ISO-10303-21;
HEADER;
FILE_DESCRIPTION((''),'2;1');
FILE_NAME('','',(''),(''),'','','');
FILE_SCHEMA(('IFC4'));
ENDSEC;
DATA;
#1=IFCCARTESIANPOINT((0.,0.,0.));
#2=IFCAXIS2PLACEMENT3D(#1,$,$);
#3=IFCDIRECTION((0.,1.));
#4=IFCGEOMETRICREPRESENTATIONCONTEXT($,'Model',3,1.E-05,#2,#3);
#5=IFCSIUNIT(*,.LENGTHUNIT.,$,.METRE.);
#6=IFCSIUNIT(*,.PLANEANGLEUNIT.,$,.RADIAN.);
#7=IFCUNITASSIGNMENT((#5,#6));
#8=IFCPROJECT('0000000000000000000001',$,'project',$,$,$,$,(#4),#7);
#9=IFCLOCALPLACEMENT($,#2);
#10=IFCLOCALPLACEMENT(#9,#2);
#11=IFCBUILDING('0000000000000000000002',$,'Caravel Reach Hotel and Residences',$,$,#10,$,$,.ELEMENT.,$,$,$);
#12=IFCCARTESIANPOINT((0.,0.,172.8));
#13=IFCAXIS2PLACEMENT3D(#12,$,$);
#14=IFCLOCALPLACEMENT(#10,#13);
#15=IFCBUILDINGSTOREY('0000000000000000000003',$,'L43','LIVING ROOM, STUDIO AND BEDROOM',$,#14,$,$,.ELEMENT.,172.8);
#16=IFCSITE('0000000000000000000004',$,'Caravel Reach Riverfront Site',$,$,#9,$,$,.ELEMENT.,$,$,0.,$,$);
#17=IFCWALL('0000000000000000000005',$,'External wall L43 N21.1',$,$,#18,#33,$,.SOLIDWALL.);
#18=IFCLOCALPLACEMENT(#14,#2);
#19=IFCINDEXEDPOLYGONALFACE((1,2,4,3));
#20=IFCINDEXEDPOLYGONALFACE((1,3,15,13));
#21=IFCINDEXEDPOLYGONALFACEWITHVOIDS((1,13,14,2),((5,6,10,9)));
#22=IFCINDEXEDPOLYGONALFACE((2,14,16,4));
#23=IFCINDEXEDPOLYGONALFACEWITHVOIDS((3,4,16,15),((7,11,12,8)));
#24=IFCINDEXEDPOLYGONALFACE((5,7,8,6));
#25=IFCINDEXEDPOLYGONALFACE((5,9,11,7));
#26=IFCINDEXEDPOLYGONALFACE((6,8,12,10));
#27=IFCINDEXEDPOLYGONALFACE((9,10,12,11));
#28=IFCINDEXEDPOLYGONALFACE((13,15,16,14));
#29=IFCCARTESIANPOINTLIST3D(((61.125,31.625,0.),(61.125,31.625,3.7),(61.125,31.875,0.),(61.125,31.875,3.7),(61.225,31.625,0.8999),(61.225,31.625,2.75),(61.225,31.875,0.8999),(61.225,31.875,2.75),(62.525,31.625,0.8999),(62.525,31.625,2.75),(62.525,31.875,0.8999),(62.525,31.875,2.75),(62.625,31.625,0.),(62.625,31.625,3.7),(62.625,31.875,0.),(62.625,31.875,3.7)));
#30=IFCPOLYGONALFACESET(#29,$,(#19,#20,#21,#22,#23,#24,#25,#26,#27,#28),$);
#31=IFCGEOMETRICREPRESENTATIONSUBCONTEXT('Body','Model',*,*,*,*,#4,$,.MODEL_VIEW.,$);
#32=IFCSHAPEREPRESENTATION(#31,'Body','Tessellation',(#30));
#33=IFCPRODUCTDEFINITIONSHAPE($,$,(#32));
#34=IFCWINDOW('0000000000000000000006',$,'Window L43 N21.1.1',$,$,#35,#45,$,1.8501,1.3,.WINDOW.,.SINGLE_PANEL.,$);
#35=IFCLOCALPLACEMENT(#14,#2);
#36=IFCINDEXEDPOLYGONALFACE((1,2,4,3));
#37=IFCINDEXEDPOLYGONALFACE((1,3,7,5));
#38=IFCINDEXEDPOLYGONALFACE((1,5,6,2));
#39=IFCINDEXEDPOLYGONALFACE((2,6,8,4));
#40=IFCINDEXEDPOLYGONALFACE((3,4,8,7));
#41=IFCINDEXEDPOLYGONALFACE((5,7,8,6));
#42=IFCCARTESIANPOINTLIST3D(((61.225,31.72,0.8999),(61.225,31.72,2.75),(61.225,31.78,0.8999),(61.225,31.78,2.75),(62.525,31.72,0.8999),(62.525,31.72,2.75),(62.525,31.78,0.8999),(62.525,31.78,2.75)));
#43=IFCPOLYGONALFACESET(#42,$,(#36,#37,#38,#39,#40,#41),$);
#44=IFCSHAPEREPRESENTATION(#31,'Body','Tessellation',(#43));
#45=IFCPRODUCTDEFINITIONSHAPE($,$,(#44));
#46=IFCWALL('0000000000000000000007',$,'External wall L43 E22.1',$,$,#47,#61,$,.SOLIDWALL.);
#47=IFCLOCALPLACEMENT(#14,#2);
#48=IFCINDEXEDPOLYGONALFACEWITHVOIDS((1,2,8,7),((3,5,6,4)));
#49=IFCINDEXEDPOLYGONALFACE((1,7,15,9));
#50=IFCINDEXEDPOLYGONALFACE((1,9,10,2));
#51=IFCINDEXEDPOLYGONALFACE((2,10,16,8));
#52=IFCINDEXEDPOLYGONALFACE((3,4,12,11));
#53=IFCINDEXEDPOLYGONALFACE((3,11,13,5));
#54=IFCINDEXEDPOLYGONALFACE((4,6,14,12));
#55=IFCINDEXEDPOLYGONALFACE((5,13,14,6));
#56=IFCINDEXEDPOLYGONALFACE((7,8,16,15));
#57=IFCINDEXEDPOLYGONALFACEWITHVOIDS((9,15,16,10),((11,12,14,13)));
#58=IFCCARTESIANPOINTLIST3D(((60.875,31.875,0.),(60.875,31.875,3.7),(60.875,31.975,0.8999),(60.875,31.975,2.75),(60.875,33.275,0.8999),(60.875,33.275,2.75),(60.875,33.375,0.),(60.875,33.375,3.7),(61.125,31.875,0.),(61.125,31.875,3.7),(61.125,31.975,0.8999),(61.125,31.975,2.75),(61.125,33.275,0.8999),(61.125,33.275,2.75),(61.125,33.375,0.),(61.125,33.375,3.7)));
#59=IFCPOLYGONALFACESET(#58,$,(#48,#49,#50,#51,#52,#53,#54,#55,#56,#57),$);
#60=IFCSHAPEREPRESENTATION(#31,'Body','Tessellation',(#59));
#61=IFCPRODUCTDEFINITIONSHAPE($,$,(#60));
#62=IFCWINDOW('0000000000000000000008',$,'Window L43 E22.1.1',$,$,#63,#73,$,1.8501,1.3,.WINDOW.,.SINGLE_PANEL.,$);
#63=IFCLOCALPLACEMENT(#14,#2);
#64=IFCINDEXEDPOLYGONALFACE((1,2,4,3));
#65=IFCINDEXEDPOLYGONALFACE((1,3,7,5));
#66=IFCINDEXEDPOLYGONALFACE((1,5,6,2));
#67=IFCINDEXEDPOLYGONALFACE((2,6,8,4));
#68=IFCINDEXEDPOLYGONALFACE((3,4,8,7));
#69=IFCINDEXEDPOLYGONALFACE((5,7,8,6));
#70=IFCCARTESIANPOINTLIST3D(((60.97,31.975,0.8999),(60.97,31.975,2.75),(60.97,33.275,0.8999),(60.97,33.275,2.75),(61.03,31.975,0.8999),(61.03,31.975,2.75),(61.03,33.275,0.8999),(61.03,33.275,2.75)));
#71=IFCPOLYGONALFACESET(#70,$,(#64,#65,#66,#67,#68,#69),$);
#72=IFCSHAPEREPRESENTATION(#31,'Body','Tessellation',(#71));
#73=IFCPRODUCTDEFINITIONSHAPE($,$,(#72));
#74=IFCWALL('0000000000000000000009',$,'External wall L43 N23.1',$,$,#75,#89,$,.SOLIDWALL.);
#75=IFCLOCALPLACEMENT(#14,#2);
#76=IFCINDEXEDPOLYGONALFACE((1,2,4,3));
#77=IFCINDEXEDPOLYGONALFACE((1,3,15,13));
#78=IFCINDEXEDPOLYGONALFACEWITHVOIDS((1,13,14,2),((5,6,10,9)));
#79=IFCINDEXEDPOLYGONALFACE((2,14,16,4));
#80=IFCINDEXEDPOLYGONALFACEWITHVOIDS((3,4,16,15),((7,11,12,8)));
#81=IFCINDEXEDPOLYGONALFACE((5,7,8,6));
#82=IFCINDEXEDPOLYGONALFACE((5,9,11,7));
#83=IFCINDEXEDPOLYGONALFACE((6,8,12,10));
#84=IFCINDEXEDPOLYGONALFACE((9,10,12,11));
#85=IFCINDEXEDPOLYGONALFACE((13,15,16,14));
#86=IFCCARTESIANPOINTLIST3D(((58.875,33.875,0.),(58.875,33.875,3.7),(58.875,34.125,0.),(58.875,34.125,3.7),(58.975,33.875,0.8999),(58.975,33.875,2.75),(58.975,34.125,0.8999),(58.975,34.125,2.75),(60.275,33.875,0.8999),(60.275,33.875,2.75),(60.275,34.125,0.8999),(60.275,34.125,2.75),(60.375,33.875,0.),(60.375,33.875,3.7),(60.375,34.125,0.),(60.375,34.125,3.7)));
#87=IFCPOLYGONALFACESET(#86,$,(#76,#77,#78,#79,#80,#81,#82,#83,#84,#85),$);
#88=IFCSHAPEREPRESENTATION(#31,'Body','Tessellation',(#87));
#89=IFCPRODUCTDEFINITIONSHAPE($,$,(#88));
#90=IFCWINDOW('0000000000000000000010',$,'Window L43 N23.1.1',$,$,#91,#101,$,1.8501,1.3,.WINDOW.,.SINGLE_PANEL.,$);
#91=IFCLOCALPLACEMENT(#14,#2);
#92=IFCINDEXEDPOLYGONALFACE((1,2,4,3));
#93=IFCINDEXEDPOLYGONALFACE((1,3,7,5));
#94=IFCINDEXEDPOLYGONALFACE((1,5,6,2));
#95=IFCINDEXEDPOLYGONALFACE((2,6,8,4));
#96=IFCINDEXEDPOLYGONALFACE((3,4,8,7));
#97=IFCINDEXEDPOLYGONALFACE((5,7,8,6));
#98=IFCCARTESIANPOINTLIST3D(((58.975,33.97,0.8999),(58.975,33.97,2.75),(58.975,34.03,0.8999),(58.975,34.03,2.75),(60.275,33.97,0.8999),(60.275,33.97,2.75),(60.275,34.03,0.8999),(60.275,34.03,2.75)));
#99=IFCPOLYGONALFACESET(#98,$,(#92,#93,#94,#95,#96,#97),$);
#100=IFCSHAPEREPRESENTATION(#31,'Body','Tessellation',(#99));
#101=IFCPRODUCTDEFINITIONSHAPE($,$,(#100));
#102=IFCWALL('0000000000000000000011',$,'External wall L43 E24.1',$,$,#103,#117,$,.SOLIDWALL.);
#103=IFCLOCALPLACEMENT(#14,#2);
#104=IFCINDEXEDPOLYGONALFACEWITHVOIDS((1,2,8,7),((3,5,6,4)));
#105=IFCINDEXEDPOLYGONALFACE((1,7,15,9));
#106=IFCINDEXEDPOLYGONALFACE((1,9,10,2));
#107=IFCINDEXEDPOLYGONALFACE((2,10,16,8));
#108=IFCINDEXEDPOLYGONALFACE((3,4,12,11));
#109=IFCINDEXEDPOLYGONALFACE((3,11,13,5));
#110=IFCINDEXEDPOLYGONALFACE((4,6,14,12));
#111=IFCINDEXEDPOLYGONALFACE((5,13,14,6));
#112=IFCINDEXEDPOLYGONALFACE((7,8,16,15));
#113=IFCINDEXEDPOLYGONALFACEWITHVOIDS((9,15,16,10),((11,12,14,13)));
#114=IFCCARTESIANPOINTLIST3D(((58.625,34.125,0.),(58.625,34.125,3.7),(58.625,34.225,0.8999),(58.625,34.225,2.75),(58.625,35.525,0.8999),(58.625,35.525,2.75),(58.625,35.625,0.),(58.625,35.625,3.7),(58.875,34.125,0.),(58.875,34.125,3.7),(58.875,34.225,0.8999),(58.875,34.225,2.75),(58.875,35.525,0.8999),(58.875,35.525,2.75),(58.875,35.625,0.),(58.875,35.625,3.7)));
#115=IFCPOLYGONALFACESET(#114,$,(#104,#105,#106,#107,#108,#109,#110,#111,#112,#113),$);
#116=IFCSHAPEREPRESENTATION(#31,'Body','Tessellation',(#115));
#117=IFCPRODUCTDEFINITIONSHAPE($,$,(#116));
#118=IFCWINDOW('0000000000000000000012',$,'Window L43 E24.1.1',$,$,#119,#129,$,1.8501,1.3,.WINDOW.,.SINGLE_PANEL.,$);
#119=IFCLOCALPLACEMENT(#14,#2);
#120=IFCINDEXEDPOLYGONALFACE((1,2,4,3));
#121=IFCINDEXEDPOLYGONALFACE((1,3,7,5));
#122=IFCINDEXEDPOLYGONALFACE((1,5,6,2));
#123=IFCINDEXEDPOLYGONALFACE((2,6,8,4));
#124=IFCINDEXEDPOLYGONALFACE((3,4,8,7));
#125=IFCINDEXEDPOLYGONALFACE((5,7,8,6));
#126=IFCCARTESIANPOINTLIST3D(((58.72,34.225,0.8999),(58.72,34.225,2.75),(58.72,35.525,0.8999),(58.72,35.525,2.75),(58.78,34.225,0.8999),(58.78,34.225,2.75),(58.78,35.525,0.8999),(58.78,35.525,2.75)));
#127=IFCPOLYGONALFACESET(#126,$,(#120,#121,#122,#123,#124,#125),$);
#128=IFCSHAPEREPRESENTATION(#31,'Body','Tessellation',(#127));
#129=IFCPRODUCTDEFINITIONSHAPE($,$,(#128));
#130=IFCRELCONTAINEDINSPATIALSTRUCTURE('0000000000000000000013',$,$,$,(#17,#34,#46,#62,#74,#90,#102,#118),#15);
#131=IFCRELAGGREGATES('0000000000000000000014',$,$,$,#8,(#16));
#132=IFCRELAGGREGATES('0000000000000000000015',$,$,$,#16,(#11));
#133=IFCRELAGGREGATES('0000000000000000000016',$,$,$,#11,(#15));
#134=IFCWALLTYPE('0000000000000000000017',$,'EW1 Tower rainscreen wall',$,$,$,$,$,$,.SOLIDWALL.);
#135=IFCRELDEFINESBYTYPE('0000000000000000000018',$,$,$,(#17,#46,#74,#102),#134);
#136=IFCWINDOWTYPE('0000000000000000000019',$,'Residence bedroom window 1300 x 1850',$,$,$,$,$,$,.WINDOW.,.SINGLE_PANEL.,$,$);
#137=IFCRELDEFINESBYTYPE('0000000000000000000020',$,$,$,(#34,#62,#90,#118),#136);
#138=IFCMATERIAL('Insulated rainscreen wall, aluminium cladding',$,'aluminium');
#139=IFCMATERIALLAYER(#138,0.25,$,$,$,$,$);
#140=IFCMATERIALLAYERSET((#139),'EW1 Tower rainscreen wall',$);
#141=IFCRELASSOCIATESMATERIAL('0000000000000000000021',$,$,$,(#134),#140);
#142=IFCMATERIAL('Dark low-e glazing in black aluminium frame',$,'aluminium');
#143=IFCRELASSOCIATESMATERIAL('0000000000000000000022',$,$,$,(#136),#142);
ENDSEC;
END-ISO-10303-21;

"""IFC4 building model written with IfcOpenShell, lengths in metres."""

from ifc_helpers import new_model, si_unit, direction, frame, frame_2d, origin, place, context, subcontext, project, spatial, rectangle, extrude, material, layer, layer_set, type_object, element, fill, save


model = new_model("IFC4")

# Units and contexts
model_context = context("Model", 3, precision=1e-05, world=origin(), true_north=direction((0.0, 1.0)))
body_context = subcontext(model_context, "Body", "Model", "MODEL_VIEW")
ifc_project = project(units=[si_unit("LENGTHUNIT", "METRE"), si_unit("PLANEANGLEUNIT", "RADIAN")], contexts=[model_context])

# Site, building, storey
site_placement = place(None, origin())
site = spatial("IfcSite", under=ifc_project, at=site_placement, Name="Caravel Reach Riverfront Site", CompositionType="ELEMENT", RefElevation=0.0)
building_placement = place(site_placement, origin())
building = spatial("IfcBuilding", under=site, at=building_placement, Name="Caravel Reach Hotel and Residences", CompositionType="ELEMENT")
storey_placement = place(building_placement, frame((0.0, 0.0, 172.8)))
storey = spatial("IfcBuildingStorey", under=building, at=storey_placement, Name="L43", Description="LIVING ROOM, STUDIO AND BEDROOM", CompositionType="ELEMENT", Elevation=172.8)

# Walls, openings, windows
ifc_material_1 = material(Name="Insulated rainscreen wall, aluminium cladding", Category="aluminium")
ifc_layer = layer(ifc_material_1, 0.25)
ifc_layer_set = layer_set([ifc_layer], Name="EW1 Tower rainscreen wall")
wall_type = type_object("IfcWallType", Name="EW1 Tower rainscreen wall", PredefinedType="SOLIDWALL", material=ifc_layer_set)
wall_1_placement = place(storey_placement, frame((62.625, 31.75, 0.0), z_axis=(0.0, 0.0, 1.0), x_axis=(-1.0, 0.0, 0.0)))
wall_1 = element("IfcWall", 1, at=wall_1_placement, inside=storey, type_object=wall_type, Name="External wall L43 N21.1", PredefinedType="SOLIDWALL", context=body_context, shape_type="SweptSolid", body=[
    extrude(rectangle(XDim=1.5, YDim=0.25, at=frame_2d((0.75, 0.0))), origin(), (0.0, 0.0, 1.0), 3.7),
])
opening_1_placement = place(wall_1_placement, frame((0.1001, 0.0, 0.8999)))
opening_1 = element("IfcOpeningElement", 2, at=opening_1_placement, cuts=wall_1, PredefinedType="OPENING", context=body_context, shape_type="SweptSolid", body=[
    extrude(rectangle(XDim=1.3, YDim=1.8501, at=frame_2d((0.6499, 0.925))), frame((0.0, 0.135, 0.0), z_axis=(0.0, -1.0, 0.0), x_axis=(1.0, 0.0, 0.0)), (0.0, 0.0, 1.0), 0.27),
])
ifc_material_2 = material(Name="Dark low-e glazing in black aluminium frame", Category="aluminium")
window_type_1 = type_object("IfcWindowType", Name="Residence bedroom window 1300 x 1850", PartitioningType="SINGLE_PANEL", PredefinedType="WINDOW", material=ifc_material_2)
window_1_placement = place(opening_1_placement, origin())
window_1 = element("IfcWindow", 3, at=window_1_placement, inside=storey, type_object=window_type_1, Name="Window L43 N21.1.1", OverallHeight=1.8501, OverallWidth=1.3, PartitioningType="SINGLE_PANEL", PredefinedType="WINDOW", context=body_context, shape_type="SweptSolid", body=[
    extrude(rectangle(XDim=1.3, YDim=1.8501, at=frame_2d((0.6499, 0.925))), frame((0.0, 0.03, 0.0), z_axis=(0.0, -1.0, 0.0), x_axis=(1.0, 0.0, 0.0)), (0.0, 0.0, 1.0), 0.0601),
])
fill(opening_1, window_1)
wall_2_placement = place(storey_placement, frame((61.0, 31.875, 0.0), z_axis=(0.0, 0.0, 1.0), x_axis=(0.0, 1.0, 0.0)))
wall_2 = element("IfcWall", 4, at=wall_2_placement, inside=storey, type_object=wall_type, Name="External wall L43 E22.1", PredefinedType="SOLIDWALL", context=body_context, shape_type="SweptSolid", body=[
    extrude(rectangle(XDim=1.5, YDim=0.25, at=frame_2d((0.75, 0.0))), origin(), (0.0, 0.0, 1.0), 3.7),
])
opening_2_placement = place(wall_2_placement, frame((0.1001, 0.0, 0.8999)))
opening_2 = element("IfcOpeningElement", 5, at=opening_2_placement, cuts=wall_2, PredefinedType="OPENING", context=body_context, shape_type="SweptSolid", body=[
    extrude(rectangle(XDim=1.3, YDim=1.8501, at=frame_2d((0.6499, 0.925))), frame((0.0, 0.135, 0.0), z_axis=(0.0, -1.0, 0.0), x_axis=(1.0, 0.0, 0.0)), (0.0, 0.0, 1.0), 0.27),
])
window_2_placement = place(opening_2_placement, origin())
window_2 = element("IfcWindow", 6, at=window_2_placement, inside=storey, type_object=window_type_1, Name="Window L43 E22.1.1", OverallHeight=1.8501, OverallWidth=1.3, PartitioningType="SINGLE_PANEL", PredefinedType="WINDOW", context=body_context, shape_type="SweptSolid", body=[
    extrude(rectangle(XDim=1.3, YDim=1.8501, at=frame_2d((0.6499, 0.925))), frame((0.0, 0.03, 0.0), z_axis=(0.0, -1.0, 0.0), x_axis=(1.0, 0.0, 0.0)), (0.0, 0.0, 1.0), 0.0601),
])
fill(opening_2, window_2)
wall_3_placement = place(storey_placement, frame((60.375, 34.0, 0.0), z_axis=(0.0, 0.0, 1.0), x_axis=(-1.0, 0.0, 0.0)))
wall_3 = element("IfcWall", 7, at=wall_3_placement, inside=storey, type_object=wall_type, Name="External wall L43 N23.1", PredefinedType="SOLIDWALL", context=body_context, shape_type="SweptSolid", body=[
    extrude(rectangle(XDim=1.5, YDim=0.25, at=frame_2d((0.75, 0.0))), origin(), (0.0, 0.0, 1.0), 3.7),
])
opening_3_placement = place(wall_3_placement, frame((0.1001, 0.0, 0.8999)))
opening_3 = element("IfcOpeningElement", 8, at=opening_3_placement, cuts=wall_3, PredefinedType="OPENING", context=body_context, shape_type="SweptSolid", body=[
    extrude(rectangle(XDim=1.3, YDim=1.8501, at=frame_2d((0.6499, 0.925))), frame((0.0, 0.135, 0.0), z_axis=(0.0, -1.0, 0.0), x_axis=(1.0, 0.0, 0.0)), (0.0, 0.0, 1.0), 0.27),
])
window_3_placement = place(opening_3_placement, origin())
window_3 = element("IfcWindow", 9, at=window_3_placement, inside=storey, type_object=window_type_1, Name="Window L43 N23.1.1", OverallHeight=1.8501, OverallWidth=1.3, PartitioningType="SINGLE_PANEL", PredefinedType="WINDOW", context=body_context, shape_type="SweptSolid", body=[
    extrude(rectangle(XDim=1.3, YDim=1.8501, at=frame_2d((0.6499, 0.925))), frame((0.0, 0.03, 0.0), z_axis=(0.0, -1.0, 0.0), x_axis=(1.0, 0.0, 0.0)), (0.0, 0.0, 1.0), 0.0601),
])
fill(opening_3, window_3)
wall_4_placement = place(storey_placement, frame((58.75, 34.125, 0.0), z_axis=(0.0, 0.0, 1.0), x_axis=(0.0, 1.0, 0.0)))
wall_4 = element("IfcWall", 10, at=wall_4_placement, inside=storey, type_object=wall_type, Name="External wall L43 E24.1", PredefinedType="SOLIDWALL", context=body_context, shape_type="SweptSolid", body=[
    extrude(rectangle(XDim=1.5, YDim=0.25, at=frame_2d((0.75, 0.0))), origin(), (0.0, 0.0, 1.0), 3.7),
])
opening_4_placement = place(wall_4_placement, frame((0.1001, 0.0, 0.8999)))
opening_4 = element("IfcOpeningElement", 11, at=opening_4_placement, cuts=wall_4, PredefinedType="OPENING", context=body_context, shape_type="SweptSolid", body=[
    extrude(rectangle(XDim=1.3, YDim=1.8501, at=frame_2d((0.6499, 0.925))), frame((0.0, 0.135, 0.0), z_axis=(0.0, -1.0, 0.0), x_axis=(1.0, 0.0, 0.0)), (0.0, 0.0, 1.0), 0.27),
])
window_4_placement = place(opening_4_placement, origin())
window_4 = element("IfcWindow", 12, at=window_4_placement, inside=storey, type_object=window_type_1, Name="Window L43 E24.1.1", OverallHeight=1.8501, OverallWidth=1.3, PartitioningType="SINGLE_PANEL", PredefinedType="WINDOW", context=body_context, shape_type="SweptSolid", body=[
    extrude(rectangle(XDim=1.3, YDim=1.8501, at=frame_2d((0.6499, 0.925))), frame((0.0, 0.03, 0.0), z_axis=(0.0, -1.0, 0.0), x_axis=(1.0, 0.0, 0.0)), (0.0, 0.0, 1.0), 0.0601),
])
fill(opening_4, window_4)

save(model, "model.ifc")
